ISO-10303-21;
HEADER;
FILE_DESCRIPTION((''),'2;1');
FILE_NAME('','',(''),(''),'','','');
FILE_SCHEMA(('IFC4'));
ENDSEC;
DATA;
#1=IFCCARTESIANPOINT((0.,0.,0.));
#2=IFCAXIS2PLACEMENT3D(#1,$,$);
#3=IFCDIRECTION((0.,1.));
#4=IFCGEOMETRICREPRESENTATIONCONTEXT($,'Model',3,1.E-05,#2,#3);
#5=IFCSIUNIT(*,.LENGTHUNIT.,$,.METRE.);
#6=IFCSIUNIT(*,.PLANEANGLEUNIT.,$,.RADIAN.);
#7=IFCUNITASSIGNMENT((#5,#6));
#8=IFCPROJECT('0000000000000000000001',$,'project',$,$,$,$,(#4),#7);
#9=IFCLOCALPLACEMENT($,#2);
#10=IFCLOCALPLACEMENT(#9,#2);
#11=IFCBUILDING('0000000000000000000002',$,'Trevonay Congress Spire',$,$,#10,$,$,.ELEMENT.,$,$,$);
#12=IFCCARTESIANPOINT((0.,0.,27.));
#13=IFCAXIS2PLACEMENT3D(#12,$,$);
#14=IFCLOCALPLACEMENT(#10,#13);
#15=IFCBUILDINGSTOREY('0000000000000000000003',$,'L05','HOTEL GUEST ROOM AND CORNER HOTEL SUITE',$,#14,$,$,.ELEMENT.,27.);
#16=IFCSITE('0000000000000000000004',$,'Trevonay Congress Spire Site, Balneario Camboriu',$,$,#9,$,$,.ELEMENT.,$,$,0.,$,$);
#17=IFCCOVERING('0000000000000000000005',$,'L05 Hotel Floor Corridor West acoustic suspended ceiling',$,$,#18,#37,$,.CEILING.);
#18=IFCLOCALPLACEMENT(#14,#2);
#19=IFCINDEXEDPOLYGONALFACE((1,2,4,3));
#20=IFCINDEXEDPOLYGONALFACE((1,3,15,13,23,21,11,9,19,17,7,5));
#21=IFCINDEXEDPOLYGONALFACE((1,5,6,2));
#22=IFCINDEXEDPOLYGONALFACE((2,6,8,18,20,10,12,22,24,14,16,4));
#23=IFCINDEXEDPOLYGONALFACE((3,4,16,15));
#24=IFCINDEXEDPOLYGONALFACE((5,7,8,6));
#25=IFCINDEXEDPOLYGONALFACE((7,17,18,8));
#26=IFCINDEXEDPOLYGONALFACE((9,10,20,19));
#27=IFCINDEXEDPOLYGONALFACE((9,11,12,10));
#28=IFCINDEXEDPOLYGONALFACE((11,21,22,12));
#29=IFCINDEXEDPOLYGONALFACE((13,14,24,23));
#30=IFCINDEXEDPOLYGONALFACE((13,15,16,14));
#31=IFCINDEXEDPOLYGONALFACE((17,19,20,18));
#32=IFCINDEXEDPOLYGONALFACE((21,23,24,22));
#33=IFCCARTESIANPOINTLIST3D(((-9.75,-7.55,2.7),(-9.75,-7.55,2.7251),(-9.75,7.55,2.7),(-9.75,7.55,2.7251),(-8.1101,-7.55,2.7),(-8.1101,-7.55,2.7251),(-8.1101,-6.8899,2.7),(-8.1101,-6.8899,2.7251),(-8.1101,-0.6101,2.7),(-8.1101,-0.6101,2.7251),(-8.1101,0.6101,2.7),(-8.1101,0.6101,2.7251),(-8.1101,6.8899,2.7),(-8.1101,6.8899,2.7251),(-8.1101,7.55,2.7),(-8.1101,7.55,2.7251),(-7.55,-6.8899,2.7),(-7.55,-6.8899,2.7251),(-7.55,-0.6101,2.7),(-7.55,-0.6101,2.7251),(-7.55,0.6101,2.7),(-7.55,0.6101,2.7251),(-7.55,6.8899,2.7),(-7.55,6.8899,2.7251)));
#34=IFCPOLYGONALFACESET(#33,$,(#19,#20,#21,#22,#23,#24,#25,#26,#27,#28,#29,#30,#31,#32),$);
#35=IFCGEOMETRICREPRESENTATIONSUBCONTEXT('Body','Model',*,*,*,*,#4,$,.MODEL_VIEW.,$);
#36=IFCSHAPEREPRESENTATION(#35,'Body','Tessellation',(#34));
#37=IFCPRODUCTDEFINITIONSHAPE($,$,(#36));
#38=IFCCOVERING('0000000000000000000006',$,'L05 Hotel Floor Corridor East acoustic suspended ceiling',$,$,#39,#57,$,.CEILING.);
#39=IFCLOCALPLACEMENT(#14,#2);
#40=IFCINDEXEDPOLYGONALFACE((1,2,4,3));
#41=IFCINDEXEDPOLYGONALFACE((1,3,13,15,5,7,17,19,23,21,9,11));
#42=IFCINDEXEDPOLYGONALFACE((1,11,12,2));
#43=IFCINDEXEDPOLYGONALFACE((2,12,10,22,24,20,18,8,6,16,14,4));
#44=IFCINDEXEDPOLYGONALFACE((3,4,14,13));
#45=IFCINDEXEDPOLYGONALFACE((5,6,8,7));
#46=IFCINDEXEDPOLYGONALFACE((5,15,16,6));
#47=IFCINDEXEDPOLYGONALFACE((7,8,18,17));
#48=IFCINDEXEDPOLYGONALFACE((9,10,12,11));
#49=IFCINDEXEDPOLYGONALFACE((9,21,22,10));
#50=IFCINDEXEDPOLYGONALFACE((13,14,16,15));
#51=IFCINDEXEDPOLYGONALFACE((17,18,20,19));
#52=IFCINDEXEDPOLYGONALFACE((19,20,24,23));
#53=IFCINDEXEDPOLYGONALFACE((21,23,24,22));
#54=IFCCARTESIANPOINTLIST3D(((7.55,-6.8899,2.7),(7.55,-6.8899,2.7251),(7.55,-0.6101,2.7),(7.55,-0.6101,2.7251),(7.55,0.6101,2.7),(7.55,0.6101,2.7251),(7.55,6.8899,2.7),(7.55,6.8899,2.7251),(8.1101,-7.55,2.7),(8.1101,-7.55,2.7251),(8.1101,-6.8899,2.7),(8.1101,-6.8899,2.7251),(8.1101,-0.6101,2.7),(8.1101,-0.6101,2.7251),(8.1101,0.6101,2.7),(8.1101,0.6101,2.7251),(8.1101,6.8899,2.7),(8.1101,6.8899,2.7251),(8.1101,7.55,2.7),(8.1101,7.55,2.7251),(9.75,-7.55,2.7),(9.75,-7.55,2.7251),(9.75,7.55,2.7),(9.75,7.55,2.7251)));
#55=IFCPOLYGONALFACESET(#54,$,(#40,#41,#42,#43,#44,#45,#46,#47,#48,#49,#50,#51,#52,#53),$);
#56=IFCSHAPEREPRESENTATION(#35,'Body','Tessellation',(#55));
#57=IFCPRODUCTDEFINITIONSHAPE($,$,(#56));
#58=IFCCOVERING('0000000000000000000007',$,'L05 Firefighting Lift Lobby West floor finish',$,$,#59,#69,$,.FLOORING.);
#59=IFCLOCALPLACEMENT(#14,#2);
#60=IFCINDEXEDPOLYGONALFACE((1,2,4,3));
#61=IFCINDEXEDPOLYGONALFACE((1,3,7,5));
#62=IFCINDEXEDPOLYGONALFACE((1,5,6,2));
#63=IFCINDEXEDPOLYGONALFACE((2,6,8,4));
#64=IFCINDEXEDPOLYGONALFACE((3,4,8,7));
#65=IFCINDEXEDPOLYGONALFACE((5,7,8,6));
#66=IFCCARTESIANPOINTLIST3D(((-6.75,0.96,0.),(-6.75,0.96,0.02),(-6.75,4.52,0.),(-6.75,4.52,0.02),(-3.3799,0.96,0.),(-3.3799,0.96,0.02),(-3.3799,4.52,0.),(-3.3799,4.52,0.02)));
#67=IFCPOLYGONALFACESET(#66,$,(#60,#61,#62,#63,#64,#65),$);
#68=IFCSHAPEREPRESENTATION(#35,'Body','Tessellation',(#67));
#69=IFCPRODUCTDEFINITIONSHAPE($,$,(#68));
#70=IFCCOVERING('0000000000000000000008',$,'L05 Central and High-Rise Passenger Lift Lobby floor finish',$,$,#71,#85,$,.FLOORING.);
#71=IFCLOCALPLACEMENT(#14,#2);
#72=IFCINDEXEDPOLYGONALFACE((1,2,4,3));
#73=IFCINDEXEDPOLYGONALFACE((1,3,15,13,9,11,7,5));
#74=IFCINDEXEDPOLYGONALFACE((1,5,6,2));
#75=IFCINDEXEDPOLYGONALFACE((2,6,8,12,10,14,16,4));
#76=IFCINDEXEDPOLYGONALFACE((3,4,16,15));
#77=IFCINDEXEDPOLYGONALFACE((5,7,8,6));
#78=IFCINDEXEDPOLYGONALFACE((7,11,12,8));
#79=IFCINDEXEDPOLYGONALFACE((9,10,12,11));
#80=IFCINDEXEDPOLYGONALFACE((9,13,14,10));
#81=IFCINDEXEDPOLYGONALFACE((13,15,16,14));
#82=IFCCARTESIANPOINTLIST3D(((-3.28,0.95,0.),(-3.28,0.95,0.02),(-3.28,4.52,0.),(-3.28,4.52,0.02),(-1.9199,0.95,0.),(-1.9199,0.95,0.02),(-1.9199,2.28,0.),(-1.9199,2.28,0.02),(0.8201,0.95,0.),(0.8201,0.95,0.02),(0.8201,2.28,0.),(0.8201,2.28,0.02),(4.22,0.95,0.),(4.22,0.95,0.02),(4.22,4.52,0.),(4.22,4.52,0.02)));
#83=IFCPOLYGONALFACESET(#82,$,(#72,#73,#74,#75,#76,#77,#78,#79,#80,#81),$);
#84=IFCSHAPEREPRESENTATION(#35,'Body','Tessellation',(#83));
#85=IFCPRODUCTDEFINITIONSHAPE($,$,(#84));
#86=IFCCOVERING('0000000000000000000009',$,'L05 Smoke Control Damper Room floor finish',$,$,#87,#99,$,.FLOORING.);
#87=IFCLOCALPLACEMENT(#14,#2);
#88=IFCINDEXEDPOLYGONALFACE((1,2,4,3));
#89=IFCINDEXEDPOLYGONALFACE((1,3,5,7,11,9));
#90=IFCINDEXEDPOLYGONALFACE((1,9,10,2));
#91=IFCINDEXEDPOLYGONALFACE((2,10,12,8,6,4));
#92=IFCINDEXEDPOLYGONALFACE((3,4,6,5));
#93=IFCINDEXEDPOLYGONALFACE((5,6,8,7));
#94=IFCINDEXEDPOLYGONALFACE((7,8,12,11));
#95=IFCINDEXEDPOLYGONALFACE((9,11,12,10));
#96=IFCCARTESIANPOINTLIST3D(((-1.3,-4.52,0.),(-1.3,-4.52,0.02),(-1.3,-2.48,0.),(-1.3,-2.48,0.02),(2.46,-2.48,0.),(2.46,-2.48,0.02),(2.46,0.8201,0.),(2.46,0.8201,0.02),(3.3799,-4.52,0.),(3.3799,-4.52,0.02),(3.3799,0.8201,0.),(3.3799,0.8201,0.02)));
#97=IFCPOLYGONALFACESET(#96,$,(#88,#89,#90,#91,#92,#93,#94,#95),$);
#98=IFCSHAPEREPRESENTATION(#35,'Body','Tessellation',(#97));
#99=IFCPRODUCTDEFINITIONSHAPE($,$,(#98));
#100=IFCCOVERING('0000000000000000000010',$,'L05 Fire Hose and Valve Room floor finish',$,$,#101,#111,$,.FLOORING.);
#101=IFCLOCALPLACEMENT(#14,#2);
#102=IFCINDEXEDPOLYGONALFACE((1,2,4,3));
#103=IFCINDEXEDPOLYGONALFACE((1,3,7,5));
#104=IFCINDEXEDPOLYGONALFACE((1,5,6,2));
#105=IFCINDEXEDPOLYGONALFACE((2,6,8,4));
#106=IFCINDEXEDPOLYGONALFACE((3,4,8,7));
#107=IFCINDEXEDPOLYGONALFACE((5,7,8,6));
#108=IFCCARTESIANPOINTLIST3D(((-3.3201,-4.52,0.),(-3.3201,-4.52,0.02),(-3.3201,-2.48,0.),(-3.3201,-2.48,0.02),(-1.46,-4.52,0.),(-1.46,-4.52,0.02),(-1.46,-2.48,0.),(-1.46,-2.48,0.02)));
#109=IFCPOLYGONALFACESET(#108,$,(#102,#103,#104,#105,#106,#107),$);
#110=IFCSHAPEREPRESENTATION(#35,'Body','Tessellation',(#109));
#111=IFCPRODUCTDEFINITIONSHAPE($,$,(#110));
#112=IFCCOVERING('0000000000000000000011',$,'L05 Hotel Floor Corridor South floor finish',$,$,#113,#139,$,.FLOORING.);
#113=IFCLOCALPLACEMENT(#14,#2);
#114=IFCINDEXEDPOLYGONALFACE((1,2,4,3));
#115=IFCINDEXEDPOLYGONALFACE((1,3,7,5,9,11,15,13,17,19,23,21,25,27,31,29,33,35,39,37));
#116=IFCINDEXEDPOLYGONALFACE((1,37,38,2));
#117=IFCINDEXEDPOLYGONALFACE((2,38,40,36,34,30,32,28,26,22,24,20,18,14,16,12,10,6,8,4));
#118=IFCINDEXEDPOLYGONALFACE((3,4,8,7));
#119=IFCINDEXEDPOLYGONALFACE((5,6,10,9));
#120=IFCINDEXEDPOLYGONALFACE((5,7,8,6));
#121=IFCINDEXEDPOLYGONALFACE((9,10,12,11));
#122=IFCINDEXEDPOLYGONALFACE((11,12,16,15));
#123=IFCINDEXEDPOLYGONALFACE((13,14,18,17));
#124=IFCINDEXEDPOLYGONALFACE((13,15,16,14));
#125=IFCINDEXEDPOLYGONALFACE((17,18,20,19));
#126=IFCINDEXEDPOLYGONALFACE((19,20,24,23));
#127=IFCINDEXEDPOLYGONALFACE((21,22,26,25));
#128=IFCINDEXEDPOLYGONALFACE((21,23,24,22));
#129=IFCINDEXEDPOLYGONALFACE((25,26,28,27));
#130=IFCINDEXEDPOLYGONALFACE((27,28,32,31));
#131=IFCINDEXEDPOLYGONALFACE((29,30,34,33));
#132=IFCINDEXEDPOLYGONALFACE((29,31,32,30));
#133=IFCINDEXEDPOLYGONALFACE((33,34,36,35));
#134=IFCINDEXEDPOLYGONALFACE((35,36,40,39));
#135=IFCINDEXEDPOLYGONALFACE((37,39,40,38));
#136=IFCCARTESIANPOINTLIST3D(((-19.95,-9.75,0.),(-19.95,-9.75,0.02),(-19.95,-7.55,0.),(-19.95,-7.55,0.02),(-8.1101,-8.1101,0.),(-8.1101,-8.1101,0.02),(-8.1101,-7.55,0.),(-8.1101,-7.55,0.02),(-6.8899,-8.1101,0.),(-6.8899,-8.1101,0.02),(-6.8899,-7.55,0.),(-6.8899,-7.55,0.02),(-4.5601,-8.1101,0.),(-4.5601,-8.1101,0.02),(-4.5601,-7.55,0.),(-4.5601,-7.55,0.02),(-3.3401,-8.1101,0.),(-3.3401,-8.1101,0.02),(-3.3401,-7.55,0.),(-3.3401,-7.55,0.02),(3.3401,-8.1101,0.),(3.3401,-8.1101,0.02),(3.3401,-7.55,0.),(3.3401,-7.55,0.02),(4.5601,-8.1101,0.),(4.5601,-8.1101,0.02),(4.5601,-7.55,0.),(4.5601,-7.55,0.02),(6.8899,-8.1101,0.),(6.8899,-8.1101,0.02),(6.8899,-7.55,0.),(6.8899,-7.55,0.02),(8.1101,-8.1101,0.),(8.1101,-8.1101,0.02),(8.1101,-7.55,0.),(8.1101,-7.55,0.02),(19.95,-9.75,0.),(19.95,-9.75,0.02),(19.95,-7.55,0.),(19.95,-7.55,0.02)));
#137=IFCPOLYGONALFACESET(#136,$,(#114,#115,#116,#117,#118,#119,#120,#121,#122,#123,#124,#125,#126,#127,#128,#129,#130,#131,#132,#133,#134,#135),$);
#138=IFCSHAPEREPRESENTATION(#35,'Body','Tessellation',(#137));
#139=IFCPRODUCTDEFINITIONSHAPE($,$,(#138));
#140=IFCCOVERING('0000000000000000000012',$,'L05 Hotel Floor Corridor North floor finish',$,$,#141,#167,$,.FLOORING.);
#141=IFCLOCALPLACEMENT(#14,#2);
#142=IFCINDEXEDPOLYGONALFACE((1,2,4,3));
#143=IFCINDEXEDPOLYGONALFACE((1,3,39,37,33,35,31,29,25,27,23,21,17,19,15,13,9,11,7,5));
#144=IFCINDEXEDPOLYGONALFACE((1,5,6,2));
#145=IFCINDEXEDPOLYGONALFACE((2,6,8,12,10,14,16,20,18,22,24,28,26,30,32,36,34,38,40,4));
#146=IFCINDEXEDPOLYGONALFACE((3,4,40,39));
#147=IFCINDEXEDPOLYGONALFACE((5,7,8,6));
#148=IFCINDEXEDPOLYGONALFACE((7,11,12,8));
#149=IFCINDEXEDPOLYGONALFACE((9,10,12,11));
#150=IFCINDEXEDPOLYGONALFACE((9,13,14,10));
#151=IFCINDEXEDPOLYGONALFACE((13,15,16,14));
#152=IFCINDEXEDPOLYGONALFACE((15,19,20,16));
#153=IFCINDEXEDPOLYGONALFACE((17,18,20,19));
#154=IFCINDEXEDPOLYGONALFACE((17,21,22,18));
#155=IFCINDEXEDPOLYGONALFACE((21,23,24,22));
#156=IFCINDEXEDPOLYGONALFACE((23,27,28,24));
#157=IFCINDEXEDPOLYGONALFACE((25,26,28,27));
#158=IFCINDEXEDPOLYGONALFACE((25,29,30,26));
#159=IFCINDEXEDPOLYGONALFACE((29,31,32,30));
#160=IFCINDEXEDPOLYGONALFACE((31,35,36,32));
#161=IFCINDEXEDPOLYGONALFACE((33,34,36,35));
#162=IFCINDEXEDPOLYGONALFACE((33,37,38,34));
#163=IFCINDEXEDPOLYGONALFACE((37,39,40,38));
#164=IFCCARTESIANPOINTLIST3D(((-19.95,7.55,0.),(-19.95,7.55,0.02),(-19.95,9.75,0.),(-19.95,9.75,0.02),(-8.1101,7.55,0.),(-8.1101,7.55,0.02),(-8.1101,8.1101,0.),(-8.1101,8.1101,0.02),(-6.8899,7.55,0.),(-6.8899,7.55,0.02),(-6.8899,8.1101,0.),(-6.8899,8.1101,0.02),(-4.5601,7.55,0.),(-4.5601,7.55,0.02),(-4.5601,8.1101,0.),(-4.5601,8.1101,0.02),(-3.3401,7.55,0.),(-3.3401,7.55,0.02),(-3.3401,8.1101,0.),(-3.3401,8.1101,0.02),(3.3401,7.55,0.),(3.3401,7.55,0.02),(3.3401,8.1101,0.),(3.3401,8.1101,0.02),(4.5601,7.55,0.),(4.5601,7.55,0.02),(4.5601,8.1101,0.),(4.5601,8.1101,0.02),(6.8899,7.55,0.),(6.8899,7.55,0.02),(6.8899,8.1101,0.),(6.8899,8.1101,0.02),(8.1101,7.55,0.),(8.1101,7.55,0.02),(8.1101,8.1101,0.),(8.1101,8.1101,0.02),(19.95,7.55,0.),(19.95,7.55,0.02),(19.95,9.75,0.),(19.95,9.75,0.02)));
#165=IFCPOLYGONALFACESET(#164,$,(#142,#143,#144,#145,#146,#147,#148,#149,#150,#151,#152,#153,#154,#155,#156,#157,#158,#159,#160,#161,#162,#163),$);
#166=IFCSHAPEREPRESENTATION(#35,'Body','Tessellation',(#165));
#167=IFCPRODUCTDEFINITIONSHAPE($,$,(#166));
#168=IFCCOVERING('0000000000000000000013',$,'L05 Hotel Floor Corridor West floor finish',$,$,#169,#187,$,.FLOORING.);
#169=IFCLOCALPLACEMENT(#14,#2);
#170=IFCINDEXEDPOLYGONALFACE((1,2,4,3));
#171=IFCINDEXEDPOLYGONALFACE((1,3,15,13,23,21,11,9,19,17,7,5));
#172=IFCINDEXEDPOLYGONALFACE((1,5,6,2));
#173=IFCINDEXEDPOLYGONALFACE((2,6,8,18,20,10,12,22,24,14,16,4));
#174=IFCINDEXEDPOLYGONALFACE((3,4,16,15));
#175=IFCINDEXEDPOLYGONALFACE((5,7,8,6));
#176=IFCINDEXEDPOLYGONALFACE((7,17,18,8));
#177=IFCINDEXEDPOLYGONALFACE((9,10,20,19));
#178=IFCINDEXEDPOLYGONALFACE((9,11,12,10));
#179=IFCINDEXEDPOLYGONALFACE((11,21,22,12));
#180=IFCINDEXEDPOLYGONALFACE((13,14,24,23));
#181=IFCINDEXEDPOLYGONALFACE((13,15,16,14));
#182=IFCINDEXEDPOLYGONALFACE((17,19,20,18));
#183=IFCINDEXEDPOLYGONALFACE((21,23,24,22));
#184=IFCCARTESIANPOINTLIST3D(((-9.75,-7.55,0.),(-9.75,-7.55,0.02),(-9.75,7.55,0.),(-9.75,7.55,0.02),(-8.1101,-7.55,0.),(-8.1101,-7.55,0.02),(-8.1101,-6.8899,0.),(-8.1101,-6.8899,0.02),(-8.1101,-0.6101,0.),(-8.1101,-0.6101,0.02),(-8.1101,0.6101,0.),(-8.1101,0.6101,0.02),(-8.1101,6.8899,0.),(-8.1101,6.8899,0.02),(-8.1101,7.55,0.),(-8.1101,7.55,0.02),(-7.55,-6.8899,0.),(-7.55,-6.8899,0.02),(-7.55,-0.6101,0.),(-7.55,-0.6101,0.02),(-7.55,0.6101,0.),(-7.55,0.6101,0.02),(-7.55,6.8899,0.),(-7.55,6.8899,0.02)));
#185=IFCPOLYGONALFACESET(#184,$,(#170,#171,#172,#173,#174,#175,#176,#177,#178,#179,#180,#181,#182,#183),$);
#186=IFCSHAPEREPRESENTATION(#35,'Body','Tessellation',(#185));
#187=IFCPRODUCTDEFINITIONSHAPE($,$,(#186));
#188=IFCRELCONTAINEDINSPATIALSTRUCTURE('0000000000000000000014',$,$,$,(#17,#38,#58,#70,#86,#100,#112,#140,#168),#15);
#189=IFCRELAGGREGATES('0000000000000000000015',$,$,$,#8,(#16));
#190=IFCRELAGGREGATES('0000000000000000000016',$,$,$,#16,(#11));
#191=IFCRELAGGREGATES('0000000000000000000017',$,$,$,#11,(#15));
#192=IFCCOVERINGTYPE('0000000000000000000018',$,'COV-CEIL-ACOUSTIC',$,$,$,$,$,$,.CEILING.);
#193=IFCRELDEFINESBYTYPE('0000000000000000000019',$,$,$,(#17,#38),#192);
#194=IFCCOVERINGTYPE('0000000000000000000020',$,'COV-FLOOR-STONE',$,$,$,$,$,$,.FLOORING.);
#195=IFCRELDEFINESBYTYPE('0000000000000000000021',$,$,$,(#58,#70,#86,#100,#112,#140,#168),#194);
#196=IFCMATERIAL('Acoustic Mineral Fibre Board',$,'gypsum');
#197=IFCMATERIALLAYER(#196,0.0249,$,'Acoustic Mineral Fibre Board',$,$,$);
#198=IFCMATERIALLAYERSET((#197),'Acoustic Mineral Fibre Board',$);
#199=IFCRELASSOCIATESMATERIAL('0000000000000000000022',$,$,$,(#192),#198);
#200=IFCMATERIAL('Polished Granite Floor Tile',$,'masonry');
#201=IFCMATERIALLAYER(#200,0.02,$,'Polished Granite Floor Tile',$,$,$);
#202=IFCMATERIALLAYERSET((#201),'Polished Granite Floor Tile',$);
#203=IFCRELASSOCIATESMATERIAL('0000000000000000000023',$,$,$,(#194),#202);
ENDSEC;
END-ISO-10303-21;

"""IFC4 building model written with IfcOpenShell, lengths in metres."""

from ifc_helpers import new_model, si_unit, direction, frame, origin, place, context, subcontext, project, spatial, polyline, outline, extrude, material, layer, layer_set, type_object, element, save


model = new_model("IFC4")

# Units and contexts
model_context = context("Model", 3, precision=1e-05, world=origin(), true_north=direction((0.0, 1.0)))
body_context = subcontext(model_context, "Body", "Model", "MODEL_VIEW")
ifc_project = project(units=[si_unit("LENGTHUNIT", "METRE"), si_unit("PLANEANGLEUNIT", "RADIAN")], contexts=[model_context])

# Site, building, storey
site_placement = place(None, origin())
site = spatial("IfcSite", under=ifc_project, at=site_placement, Name="Trevonay Congress Spire Site, Balneario Camboriu", CompositionType="ELEMENT", RefElevation=0.0)
building_placement = place(site_placement, origin())
building = spatial("IfcBuilding", under=site, at=building_placement, Name="Trevonay Congress Spire", CompositionType="ELEMENT")
storey_placement = place(building_placement, frame((0.0, 0.0, 27.0)))
storey = spatial("IfcBuildingStorey", under=building, at=storey_placement, Name="L05", Description="HOTEL GUEST ROOM AND CORNER HOTEL SUITE", CompositionType="ELEMENT", Elevation=27.0)

# Coverings
ifc_material_1 = material(Name="Acoustic Mineral Fibre Board", Category="gypsum")
ifc_layer_1 = layer(ifc_material_1, 0.0249, Name="Acoustic Mineral Fibre Board")
ifc_layer_set_1 = layer_set([ifc_layer_1], Name="Acoustic Mineral Fibre Board")
covering_type_1 = type_object("IfcCoveringType", Name="COV-CEIL-ACOUSTIC", PredefinedType="CEILING", material=ifc_layer_set_1)
covering_1_placement = place(storey_placement, frame((0.0, 0.0, 2.7)))
element("IfcCovering", 1, at=covering_1_placement, inside=storey, type_object=covering_type_1, Name="L05 Hotel Floor Corridor West acoustic suspended ceiling", PredefinedType="CEILING", context=body_context, shape_type="SweptSolid", body=[
    extrude(outline(polyline([(-9.75, 7.55), (-8.1101, 7.55), (-8.1101, 6.8899), (-7.55, 6.8899), (-7.55, 0.6101), (-8.1101, 0.6101), (-8.1101, -0.6101), (-7.55, -0.6101), (-7.55, -6.8899), (-8.1101, -6.8899), (-8.1101, -7.55), (-9.75, -7.55), (-9.75, 7.55)])), origin(), (0.0, 0.0, 1.0), 0.0251),
])
covering_2_placement = place(storey_placement, frame((0.0, 0.0, 2.7)))
element("IfcCovering", 2, at=covering_2_placement, inside=storey, type_object=covering_type_1, Name="L05 Hotel Floor Corridor East acoustic suspended ceiling", PredefinedType="CEILING", context=body_context, shape_type="SweptSolid", body=[
    extrude(outline(polyline([(9.75, -7.55), (8.1101, -7.55), (8.1101, -6.8899), (7.55, -6.8899), (7.55, -0.6101), (8.1101, -0.6101), (8.1101, 0.6101), (7.55, 0.6101), (7.55, 6.8899), (8.1101, 6.8899), (8.1101, 7.55), (9.75, 7.55), (9.75, -7.55)])), origin(), (0.0, 0.0, 1.0), 0.0251),
])
ifc_material_2 = material(Name="Polished Granite Floor Tile", Category="masonry")
ifc_layer_2 = layer(ifc_material_2, 0.02, Name="Polished Granite Floor Tile")
ifc_layer_set_2 = layer_set([ifc_layer_2], Name="Polished Granite Floor Tile")
covering_type_2 = type_object("IfcCoveringType", Name="COV-FLOOR-STONE", PredefinedType="FLOORING", material=ifc_layer_set_2)
covering_3_placement = place(storey_placement, origin())
element("IfcCovering", 3, at=covering_3_placement, inside=storey, type_object=covering_type_2, Name="L05 Firefighting Lift Lobby West floor finish", PredefinedType="FLOORING", context=body_context, shape_type="SweptSolid", body=[
    extrude(outline(polyline([(-6.75, 0.96), (-3.3799, 0.96), (-3.3799, 4.52), (-6.75, 4.52), (-6.75, 0.96)])), origin(), (0.0, 0.0, 1.0), 0.02),
])
covering_4_placement = place(storey_placement, origin())
element("IfcCovering", 4, at=covering_4_placement, inside=storey, type_object=covering_type_2, Name="L05 Central and High-Rise Passenger Lift Lobby floor finish", PredefinedType="FLOORING", context=body_context, shape_type="SweptSolid", body=[
    extrude(outline(polyline([(-3.28, 0.95), (-1.9199, 0.95), (-1.9199, 2.28), (0.8201, 2.28), (0.8201, 0.95), (4.22, 0.95), (4.22, 4.52), (-3.28, 4.52), (-3.28, 0.95)])), origin(), (0.0, 0.0, 1.0), 0.02),
])
covering_5_placement = place(storey_placement, origin())
element("IfcCovering", 5, at=covering_5_placement, inside=storey, type_object=covering_type_2, Name="L05 Smoke Control Damper Room floor finish", PredefinedType="FLOORING", context=body_context, shape_type="SweptSolid", body=[
    extrude(outline(polyline([(-1.3, -4.52), (3.3799, -4.52), (3.3799, 0.8201), (2.46, 0.8201), (2.46, -2.48), (-1.3, -2.48), (-1.3, -4.52)])), origin(), (0.0, 0.0, 1.0), 0.02),
])
covering_6_placement = place(storey_placement, origin())
element("IfcCovering", 6, at=covering_6_placement, inside=storey, type_object=covering_type_2, Name="L05 Fire Hose and Valve Room floor finish", PredefinedType="FLOORING", context=body_context, shape_type="SweptSolid", body=[
    extrude(outline(polyline([(-3.3201, -4.52), (-1.46, -4.52), (-1.46, -2.48), (-3.3201, -2.48), (-3.3201, -4.52)])), origin(), (0.0, 0.0, 1.0), 0.02),
])
covering_7_placement = place(storey_placement, origin())
element("IfcCovering", 7, at=covering_7_placement, inside=storey, type_object=covering_type_2, Name="L05 Hotel Floor Corridor South floor finish", PredefinedType="FLOORING", context=body_context, shape_type="SweptSolid", body=[
    extrude(outline(polyline([(19.95, -7.55), (19.95, -9.75), (-19.95, -9.75), (-19.95, -7.55), (-8.1101, -7.55), (-8.1101, -8.1101), (-6.8899, -8.1101), (-6.8899, -7.55), (-4.5601, -7.55), (-4.5601, -8.1101), (-3.3401, -8.1101), (-3.3401, -7.55), (3.3401, -7.55), (3.3401, -8.1101), (4.5601, -8.1101), (4.5601, -7.55), (6.8899, -7.55), (6.8899, -8.1101), (8.1101, -8.1101), (8.1101, -7.55), (19.95, -7.55)])), origin(), (0.0, 0.0, 1.0), 0.02),
])
covering_8_placement = place(storey_placement, origin())
element("IfcCovering", 8, at=covering_8_placement, inside=storey, type_object=covering_type_2, Name="L05 Hotel Floor Corridor North floor finish", PredefinedType="FLOORING", context=body_context, shape_type="SweptSolid", body=[
    extrude(outline(polyline([(-19.95, 7.55), (-19.95, 9.75), (19.95, 9.75), (19.95, 7.55), (8.1101, 7.55), (8.1101, 8.1101), (6.8899, 8.1101), (6.8899, 7.55), (4.5601, 7.55), (4.5601, 8.1101), (3.3401, 8.1101), (3.3401, 7.55), (-3.3401, 7.55), (-3.3401, 8.1101), (-4.5601, 8.1101), (-4.5601, 7.55), (-6.8899, 7.55), (-6.8899, 8.1101), (-8.1101, 8.1101), (-8.1101, 7.55), (-19.95, 7.55)])), origin(), (0.0, 0.0, 1.0), 0.02),
])
covering_9_placement = place(storey_placement, origin())
element("IfcCovering", 9, at=covering_9_placement, inside=storey, type_object=covering_type_2, Name="L05 Hotel Floor Corridor West floor finish", PredefinedType="FLOORING", context=body_context, shape_type="SweptSolid", body=[
    extrude(outline(polyline([(-9.75, 7.55), (-8.1101, 7.55), (-8.1101, 6.8899), (-7.55, 6.8899), (-7.55, 0.6101), (-8.1101, 0.6101), (-8.1101, -0.6101), (-7.55, -0.6101), (-7.55, -6.8899), (-8.1101, -6.8899), (-8.1101, -7.55), (-9.75, -7.55), (-9.75, 7.55)])), origin(), (0.0, 0.0, 1.0), 0.02),
])

save(model, "model.ifc")
